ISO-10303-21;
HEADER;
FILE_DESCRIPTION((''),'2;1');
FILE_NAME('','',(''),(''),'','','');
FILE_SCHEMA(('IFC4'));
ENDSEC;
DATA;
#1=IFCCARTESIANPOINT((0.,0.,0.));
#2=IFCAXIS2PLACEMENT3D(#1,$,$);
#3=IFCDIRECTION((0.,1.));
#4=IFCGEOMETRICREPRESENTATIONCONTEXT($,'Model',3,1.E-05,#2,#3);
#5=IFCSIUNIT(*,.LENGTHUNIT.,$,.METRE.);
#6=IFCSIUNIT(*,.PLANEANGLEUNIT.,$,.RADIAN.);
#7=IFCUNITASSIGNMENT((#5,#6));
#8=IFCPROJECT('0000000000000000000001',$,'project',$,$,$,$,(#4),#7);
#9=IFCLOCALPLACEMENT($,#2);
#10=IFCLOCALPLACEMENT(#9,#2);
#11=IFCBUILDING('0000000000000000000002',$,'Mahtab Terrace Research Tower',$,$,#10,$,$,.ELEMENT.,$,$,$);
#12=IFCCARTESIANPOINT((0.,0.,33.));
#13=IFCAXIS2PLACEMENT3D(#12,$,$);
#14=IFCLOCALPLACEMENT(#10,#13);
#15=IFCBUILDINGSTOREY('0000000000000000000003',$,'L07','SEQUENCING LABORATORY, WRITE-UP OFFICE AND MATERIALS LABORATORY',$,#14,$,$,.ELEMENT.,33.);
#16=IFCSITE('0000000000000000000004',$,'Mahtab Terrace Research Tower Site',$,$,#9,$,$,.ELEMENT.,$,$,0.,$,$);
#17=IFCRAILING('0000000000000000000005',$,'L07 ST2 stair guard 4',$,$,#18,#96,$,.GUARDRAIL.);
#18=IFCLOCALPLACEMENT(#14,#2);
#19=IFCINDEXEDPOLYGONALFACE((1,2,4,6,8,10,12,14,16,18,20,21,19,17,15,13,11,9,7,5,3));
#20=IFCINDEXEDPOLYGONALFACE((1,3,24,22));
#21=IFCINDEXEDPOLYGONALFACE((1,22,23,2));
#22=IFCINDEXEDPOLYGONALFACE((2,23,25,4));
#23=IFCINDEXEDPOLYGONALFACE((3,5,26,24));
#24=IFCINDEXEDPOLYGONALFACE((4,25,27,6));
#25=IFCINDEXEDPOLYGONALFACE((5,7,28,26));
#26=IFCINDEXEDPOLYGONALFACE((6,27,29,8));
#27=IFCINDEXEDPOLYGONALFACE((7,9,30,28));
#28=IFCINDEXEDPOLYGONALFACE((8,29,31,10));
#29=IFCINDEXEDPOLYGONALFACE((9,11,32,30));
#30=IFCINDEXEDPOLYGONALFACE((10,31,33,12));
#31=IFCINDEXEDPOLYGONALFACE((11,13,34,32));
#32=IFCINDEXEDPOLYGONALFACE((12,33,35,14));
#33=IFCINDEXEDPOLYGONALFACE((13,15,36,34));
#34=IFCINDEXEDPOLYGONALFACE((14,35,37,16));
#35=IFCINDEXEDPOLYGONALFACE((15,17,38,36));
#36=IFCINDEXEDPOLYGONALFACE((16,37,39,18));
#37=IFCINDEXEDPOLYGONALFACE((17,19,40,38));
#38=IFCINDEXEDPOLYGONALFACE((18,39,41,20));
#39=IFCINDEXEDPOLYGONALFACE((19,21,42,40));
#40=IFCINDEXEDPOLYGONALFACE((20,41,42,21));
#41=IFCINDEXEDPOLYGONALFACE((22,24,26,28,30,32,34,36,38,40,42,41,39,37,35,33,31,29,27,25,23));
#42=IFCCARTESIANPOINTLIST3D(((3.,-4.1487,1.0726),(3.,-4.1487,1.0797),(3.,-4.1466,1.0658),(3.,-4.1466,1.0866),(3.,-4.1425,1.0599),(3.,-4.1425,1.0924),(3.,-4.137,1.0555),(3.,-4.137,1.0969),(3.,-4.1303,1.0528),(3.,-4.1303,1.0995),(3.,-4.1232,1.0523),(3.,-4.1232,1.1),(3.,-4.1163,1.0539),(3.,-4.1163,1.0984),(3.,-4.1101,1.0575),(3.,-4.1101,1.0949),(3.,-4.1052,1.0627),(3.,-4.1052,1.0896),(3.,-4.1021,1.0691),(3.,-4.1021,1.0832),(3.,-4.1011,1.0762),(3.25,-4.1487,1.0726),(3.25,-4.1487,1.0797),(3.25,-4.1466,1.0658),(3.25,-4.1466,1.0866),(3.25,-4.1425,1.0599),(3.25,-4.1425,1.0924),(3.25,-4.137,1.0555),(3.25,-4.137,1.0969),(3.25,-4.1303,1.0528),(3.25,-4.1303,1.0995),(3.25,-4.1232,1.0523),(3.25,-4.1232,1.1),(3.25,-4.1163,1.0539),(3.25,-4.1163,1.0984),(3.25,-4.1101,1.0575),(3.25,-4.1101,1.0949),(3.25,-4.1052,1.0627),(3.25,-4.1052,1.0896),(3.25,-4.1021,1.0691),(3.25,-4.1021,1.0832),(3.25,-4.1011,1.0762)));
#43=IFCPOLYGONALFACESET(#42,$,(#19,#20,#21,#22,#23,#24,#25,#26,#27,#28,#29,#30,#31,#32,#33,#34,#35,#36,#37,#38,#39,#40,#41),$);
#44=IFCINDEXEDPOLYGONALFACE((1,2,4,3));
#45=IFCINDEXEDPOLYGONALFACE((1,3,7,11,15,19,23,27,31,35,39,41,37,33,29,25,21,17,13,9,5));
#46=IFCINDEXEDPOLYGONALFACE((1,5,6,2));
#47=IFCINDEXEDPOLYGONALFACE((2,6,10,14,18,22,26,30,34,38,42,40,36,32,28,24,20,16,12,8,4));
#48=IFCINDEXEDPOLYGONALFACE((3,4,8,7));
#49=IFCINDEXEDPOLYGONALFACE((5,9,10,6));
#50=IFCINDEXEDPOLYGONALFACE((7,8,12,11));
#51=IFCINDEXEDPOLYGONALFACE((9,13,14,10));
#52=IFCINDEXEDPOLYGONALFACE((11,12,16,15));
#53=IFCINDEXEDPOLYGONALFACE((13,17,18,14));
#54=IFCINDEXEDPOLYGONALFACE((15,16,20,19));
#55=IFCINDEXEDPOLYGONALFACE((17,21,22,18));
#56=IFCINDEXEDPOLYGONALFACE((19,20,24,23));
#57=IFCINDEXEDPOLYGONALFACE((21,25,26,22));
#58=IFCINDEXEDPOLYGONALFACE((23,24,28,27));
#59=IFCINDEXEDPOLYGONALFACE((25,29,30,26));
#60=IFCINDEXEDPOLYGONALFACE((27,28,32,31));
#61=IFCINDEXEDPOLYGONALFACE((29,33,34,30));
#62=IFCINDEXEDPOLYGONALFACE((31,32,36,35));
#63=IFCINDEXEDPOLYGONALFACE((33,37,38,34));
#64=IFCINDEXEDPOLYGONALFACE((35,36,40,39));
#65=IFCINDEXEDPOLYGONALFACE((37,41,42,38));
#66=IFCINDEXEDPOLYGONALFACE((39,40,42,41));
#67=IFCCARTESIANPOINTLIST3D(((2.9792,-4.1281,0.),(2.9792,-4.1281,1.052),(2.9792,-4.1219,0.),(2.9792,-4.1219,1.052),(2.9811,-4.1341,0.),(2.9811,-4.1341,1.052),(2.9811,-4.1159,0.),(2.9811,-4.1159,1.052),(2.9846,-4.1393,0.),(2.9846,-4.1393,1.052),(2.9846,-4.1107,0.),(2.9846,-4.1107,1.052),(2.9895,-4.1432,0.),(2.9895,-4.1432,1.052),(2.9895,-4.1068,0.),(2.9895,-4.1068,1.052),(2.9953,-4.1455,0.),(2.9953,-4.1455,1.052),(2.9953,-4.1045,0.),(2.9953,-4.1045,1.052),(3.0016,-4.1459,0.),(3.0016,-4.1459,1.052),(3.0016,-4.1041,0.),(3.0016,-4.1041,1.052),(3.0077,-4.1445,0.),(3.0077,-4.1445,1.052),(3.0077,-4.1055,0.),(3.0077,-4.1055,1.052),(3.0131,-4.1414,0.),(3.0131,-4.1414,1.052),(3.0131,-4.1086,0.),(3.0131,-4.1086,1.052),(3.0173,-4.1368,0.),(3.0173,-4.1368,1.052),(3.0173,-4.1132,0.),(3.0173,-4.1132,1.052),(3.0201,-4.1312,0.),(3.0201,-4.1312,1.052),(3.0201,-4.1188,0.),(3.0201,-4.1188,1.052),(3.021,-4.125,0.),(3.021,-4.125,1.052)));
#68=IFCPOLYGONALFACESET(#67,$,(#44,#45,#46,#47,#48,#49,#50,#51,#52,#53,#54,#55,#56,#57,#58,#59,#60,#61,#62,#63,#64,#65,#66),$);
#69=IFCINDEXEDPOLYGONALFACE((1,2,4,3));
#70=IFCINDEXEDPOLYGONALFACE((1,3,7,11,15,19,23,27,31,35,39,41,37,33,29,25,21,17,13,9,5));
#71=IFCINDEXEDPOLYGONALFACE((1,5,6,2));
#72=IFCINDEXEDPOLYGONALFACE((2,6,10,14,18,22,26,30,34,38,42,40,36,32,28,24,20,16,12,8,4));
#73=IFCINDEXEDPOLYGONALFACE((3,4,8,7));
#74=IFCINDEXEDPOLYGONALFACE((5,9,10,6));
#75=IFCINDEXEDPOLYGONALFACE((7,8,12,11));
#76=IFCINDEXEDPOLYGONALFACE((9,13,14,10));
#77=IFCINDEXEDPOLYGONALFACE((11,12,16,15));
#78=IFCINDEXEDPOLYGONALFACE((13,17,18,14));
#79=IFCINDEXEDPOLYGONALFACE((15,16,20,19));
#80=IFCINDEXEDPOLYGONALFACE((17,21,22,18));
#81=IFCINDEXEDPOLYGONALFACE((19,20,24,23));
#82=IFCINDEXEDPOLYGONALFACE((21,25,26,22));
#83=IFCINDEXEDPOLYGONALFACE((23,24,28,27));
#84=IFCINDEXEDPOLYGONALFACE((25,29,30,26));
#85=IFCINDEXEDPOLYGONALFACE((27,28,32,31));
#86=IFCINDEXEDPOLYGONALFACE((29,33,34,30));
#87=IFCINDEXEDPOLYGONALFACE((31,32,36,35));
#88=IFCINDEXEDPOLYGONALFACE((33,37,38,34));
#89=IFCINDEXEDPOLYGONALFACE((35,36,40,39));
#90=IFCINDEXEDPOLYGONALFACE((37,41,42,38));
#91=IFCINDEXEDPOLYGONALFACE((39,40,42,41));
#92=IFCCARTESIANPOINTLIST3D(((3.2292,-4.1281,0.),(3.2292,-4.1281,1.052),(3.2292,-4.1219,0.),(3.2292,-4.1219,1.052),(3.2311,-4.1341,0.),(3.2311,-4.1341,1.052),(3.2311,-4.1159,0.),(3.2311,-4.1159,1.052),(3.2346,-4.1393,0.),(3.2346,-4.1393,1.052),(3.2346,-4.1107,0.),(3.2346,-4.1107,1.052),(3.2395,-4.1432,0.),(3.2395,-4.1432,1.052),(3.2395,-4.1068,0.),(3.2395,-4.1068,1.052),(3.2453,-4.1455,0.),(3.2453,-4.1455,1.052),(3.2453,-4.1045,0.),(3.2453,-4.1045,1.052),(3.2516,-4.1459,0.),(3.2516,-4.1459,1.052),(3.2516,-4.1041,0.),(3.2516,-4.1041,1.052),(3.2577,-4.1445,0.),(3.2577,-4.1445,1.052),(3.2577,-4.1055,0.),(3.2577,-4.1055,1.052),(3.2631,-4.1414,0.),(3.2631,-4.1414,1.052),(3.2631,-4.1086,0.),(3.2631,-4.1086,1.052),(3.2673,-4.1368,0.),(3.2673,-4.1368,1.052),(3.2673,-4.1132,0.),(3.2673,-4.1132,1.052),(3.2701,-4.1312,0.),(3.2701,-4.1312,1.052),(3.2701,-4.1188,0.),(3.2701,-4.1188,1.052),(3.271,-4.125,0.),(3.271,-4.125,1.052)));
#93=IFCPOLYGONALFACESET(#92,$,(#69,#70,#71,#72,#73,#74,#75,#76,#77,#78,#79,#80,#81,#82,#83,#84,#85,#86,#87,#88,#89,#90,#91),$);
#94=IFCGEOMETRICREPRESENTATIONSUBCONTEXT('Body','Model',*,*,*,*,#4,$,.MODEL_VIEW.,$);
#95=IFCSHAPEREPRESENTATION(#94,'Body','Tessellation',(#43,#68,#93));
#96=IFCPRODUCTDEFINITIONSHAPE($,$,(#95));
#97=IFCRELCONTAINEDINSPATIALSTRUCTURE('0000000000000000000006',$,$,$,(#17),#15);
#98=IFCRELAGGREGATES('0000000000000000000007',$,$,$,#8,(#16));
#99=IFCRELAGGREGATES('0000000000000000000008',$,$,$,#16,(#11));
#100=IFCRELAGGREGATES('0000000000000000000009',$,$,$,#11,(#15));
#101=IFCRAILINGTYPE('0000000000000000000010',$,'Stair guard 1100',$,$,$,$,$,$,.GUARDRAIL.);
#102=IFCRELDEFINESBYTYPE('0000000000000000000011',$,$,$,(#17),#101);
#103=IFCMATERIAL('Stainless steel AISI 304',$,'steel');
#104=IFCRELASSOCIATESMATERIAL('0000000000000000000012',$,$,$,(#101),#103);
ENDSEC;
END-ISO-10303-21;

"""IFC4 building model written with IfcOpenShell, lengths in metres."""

from ifc_helpers import new_model, si_unit, direction, frame, origin, origin_2d, place, context, subcontext, project, spatial, circle, extrude, material, type_object, element, save


model = new_model("IFC4")

# Units and contexts
model_context = context("Model", 3, precision=1e-05, world=origin(), true_north=direction((0.0, 1.0)))
body_context = subcontext(model_context, "Body", "Model", "MODEL_VIEW")
ifc_project = project(units=[si_unit("LENGTHUNIT", "METRE"), si_unit("PLANEANGLEUNIT", "RADIAN")], contexts=[model_context])

# Site, building, storey
site_placement = place(None, origin())
site = spatial("IfcSite", under=ifc_project, at=site_placement, Name="Mahtab Terrace Research Tower Site", CompositionType="ELEMENT", RefElevation=0.0)
building_placement = place(site_placement, origin())
building = spatial("IfcBuilding", under=site, at=building_placement, Name="Mahtab Terrace Research Tower", CompositionType="ELEMENT")
storey_placement = place(building_placement, frame((0.0, 0.0, 33.0)))
storey = spatial("IfcBuildingStorey", under=building, at=storey_placement, Name="L07", Description="SEQUENCING LABORATORY, WRITE-UP OFFICE AND MATERIALS LABORATORY", CompositionType="ELEMENT", Elevation=33.0)

# Railing
ifc_material_1 = material(Name="Stainless steel AISI 304", Category="steel")
railing_type_1 = type_object("IfcRailingType", Name="Stair guard 1100", PredefinedType="GUARDRAIL", material=ifc_material_1)
railing_1_placement = place(storey_placement, frame((3.0, -4.125, 0.0)))
element("IfcRailing", 1, at=railing_1_placement, inside=storey, type_object=railing_type_1, Name="L07 ST2 stair guard 4", PredefinedType="GUARDRAIL", context=body_context, shape_type="SweptSolid", body=[
    extrude(circle(Radius=0.0239, at=origin_2d()), frame((0.0, 0.0, 1.0762), z_axis=(1.0, 0.0, 0.0), x_axis=(0.0, 1.0, 0.0)), (0.0, 0.0, 1.0), 0.25),
    extrude(circle(Radius=0.021, at=origin_2d()), origin(), (0.0, 0.0, 1.0), 1.052),
    extrude(circle(Radius=0.021, at=origin_2d()), frame((0.25, 0.0, 0.0)), (0.0, 0.0, 1.0), 1.052),
])

save(model, "model.ifc")
